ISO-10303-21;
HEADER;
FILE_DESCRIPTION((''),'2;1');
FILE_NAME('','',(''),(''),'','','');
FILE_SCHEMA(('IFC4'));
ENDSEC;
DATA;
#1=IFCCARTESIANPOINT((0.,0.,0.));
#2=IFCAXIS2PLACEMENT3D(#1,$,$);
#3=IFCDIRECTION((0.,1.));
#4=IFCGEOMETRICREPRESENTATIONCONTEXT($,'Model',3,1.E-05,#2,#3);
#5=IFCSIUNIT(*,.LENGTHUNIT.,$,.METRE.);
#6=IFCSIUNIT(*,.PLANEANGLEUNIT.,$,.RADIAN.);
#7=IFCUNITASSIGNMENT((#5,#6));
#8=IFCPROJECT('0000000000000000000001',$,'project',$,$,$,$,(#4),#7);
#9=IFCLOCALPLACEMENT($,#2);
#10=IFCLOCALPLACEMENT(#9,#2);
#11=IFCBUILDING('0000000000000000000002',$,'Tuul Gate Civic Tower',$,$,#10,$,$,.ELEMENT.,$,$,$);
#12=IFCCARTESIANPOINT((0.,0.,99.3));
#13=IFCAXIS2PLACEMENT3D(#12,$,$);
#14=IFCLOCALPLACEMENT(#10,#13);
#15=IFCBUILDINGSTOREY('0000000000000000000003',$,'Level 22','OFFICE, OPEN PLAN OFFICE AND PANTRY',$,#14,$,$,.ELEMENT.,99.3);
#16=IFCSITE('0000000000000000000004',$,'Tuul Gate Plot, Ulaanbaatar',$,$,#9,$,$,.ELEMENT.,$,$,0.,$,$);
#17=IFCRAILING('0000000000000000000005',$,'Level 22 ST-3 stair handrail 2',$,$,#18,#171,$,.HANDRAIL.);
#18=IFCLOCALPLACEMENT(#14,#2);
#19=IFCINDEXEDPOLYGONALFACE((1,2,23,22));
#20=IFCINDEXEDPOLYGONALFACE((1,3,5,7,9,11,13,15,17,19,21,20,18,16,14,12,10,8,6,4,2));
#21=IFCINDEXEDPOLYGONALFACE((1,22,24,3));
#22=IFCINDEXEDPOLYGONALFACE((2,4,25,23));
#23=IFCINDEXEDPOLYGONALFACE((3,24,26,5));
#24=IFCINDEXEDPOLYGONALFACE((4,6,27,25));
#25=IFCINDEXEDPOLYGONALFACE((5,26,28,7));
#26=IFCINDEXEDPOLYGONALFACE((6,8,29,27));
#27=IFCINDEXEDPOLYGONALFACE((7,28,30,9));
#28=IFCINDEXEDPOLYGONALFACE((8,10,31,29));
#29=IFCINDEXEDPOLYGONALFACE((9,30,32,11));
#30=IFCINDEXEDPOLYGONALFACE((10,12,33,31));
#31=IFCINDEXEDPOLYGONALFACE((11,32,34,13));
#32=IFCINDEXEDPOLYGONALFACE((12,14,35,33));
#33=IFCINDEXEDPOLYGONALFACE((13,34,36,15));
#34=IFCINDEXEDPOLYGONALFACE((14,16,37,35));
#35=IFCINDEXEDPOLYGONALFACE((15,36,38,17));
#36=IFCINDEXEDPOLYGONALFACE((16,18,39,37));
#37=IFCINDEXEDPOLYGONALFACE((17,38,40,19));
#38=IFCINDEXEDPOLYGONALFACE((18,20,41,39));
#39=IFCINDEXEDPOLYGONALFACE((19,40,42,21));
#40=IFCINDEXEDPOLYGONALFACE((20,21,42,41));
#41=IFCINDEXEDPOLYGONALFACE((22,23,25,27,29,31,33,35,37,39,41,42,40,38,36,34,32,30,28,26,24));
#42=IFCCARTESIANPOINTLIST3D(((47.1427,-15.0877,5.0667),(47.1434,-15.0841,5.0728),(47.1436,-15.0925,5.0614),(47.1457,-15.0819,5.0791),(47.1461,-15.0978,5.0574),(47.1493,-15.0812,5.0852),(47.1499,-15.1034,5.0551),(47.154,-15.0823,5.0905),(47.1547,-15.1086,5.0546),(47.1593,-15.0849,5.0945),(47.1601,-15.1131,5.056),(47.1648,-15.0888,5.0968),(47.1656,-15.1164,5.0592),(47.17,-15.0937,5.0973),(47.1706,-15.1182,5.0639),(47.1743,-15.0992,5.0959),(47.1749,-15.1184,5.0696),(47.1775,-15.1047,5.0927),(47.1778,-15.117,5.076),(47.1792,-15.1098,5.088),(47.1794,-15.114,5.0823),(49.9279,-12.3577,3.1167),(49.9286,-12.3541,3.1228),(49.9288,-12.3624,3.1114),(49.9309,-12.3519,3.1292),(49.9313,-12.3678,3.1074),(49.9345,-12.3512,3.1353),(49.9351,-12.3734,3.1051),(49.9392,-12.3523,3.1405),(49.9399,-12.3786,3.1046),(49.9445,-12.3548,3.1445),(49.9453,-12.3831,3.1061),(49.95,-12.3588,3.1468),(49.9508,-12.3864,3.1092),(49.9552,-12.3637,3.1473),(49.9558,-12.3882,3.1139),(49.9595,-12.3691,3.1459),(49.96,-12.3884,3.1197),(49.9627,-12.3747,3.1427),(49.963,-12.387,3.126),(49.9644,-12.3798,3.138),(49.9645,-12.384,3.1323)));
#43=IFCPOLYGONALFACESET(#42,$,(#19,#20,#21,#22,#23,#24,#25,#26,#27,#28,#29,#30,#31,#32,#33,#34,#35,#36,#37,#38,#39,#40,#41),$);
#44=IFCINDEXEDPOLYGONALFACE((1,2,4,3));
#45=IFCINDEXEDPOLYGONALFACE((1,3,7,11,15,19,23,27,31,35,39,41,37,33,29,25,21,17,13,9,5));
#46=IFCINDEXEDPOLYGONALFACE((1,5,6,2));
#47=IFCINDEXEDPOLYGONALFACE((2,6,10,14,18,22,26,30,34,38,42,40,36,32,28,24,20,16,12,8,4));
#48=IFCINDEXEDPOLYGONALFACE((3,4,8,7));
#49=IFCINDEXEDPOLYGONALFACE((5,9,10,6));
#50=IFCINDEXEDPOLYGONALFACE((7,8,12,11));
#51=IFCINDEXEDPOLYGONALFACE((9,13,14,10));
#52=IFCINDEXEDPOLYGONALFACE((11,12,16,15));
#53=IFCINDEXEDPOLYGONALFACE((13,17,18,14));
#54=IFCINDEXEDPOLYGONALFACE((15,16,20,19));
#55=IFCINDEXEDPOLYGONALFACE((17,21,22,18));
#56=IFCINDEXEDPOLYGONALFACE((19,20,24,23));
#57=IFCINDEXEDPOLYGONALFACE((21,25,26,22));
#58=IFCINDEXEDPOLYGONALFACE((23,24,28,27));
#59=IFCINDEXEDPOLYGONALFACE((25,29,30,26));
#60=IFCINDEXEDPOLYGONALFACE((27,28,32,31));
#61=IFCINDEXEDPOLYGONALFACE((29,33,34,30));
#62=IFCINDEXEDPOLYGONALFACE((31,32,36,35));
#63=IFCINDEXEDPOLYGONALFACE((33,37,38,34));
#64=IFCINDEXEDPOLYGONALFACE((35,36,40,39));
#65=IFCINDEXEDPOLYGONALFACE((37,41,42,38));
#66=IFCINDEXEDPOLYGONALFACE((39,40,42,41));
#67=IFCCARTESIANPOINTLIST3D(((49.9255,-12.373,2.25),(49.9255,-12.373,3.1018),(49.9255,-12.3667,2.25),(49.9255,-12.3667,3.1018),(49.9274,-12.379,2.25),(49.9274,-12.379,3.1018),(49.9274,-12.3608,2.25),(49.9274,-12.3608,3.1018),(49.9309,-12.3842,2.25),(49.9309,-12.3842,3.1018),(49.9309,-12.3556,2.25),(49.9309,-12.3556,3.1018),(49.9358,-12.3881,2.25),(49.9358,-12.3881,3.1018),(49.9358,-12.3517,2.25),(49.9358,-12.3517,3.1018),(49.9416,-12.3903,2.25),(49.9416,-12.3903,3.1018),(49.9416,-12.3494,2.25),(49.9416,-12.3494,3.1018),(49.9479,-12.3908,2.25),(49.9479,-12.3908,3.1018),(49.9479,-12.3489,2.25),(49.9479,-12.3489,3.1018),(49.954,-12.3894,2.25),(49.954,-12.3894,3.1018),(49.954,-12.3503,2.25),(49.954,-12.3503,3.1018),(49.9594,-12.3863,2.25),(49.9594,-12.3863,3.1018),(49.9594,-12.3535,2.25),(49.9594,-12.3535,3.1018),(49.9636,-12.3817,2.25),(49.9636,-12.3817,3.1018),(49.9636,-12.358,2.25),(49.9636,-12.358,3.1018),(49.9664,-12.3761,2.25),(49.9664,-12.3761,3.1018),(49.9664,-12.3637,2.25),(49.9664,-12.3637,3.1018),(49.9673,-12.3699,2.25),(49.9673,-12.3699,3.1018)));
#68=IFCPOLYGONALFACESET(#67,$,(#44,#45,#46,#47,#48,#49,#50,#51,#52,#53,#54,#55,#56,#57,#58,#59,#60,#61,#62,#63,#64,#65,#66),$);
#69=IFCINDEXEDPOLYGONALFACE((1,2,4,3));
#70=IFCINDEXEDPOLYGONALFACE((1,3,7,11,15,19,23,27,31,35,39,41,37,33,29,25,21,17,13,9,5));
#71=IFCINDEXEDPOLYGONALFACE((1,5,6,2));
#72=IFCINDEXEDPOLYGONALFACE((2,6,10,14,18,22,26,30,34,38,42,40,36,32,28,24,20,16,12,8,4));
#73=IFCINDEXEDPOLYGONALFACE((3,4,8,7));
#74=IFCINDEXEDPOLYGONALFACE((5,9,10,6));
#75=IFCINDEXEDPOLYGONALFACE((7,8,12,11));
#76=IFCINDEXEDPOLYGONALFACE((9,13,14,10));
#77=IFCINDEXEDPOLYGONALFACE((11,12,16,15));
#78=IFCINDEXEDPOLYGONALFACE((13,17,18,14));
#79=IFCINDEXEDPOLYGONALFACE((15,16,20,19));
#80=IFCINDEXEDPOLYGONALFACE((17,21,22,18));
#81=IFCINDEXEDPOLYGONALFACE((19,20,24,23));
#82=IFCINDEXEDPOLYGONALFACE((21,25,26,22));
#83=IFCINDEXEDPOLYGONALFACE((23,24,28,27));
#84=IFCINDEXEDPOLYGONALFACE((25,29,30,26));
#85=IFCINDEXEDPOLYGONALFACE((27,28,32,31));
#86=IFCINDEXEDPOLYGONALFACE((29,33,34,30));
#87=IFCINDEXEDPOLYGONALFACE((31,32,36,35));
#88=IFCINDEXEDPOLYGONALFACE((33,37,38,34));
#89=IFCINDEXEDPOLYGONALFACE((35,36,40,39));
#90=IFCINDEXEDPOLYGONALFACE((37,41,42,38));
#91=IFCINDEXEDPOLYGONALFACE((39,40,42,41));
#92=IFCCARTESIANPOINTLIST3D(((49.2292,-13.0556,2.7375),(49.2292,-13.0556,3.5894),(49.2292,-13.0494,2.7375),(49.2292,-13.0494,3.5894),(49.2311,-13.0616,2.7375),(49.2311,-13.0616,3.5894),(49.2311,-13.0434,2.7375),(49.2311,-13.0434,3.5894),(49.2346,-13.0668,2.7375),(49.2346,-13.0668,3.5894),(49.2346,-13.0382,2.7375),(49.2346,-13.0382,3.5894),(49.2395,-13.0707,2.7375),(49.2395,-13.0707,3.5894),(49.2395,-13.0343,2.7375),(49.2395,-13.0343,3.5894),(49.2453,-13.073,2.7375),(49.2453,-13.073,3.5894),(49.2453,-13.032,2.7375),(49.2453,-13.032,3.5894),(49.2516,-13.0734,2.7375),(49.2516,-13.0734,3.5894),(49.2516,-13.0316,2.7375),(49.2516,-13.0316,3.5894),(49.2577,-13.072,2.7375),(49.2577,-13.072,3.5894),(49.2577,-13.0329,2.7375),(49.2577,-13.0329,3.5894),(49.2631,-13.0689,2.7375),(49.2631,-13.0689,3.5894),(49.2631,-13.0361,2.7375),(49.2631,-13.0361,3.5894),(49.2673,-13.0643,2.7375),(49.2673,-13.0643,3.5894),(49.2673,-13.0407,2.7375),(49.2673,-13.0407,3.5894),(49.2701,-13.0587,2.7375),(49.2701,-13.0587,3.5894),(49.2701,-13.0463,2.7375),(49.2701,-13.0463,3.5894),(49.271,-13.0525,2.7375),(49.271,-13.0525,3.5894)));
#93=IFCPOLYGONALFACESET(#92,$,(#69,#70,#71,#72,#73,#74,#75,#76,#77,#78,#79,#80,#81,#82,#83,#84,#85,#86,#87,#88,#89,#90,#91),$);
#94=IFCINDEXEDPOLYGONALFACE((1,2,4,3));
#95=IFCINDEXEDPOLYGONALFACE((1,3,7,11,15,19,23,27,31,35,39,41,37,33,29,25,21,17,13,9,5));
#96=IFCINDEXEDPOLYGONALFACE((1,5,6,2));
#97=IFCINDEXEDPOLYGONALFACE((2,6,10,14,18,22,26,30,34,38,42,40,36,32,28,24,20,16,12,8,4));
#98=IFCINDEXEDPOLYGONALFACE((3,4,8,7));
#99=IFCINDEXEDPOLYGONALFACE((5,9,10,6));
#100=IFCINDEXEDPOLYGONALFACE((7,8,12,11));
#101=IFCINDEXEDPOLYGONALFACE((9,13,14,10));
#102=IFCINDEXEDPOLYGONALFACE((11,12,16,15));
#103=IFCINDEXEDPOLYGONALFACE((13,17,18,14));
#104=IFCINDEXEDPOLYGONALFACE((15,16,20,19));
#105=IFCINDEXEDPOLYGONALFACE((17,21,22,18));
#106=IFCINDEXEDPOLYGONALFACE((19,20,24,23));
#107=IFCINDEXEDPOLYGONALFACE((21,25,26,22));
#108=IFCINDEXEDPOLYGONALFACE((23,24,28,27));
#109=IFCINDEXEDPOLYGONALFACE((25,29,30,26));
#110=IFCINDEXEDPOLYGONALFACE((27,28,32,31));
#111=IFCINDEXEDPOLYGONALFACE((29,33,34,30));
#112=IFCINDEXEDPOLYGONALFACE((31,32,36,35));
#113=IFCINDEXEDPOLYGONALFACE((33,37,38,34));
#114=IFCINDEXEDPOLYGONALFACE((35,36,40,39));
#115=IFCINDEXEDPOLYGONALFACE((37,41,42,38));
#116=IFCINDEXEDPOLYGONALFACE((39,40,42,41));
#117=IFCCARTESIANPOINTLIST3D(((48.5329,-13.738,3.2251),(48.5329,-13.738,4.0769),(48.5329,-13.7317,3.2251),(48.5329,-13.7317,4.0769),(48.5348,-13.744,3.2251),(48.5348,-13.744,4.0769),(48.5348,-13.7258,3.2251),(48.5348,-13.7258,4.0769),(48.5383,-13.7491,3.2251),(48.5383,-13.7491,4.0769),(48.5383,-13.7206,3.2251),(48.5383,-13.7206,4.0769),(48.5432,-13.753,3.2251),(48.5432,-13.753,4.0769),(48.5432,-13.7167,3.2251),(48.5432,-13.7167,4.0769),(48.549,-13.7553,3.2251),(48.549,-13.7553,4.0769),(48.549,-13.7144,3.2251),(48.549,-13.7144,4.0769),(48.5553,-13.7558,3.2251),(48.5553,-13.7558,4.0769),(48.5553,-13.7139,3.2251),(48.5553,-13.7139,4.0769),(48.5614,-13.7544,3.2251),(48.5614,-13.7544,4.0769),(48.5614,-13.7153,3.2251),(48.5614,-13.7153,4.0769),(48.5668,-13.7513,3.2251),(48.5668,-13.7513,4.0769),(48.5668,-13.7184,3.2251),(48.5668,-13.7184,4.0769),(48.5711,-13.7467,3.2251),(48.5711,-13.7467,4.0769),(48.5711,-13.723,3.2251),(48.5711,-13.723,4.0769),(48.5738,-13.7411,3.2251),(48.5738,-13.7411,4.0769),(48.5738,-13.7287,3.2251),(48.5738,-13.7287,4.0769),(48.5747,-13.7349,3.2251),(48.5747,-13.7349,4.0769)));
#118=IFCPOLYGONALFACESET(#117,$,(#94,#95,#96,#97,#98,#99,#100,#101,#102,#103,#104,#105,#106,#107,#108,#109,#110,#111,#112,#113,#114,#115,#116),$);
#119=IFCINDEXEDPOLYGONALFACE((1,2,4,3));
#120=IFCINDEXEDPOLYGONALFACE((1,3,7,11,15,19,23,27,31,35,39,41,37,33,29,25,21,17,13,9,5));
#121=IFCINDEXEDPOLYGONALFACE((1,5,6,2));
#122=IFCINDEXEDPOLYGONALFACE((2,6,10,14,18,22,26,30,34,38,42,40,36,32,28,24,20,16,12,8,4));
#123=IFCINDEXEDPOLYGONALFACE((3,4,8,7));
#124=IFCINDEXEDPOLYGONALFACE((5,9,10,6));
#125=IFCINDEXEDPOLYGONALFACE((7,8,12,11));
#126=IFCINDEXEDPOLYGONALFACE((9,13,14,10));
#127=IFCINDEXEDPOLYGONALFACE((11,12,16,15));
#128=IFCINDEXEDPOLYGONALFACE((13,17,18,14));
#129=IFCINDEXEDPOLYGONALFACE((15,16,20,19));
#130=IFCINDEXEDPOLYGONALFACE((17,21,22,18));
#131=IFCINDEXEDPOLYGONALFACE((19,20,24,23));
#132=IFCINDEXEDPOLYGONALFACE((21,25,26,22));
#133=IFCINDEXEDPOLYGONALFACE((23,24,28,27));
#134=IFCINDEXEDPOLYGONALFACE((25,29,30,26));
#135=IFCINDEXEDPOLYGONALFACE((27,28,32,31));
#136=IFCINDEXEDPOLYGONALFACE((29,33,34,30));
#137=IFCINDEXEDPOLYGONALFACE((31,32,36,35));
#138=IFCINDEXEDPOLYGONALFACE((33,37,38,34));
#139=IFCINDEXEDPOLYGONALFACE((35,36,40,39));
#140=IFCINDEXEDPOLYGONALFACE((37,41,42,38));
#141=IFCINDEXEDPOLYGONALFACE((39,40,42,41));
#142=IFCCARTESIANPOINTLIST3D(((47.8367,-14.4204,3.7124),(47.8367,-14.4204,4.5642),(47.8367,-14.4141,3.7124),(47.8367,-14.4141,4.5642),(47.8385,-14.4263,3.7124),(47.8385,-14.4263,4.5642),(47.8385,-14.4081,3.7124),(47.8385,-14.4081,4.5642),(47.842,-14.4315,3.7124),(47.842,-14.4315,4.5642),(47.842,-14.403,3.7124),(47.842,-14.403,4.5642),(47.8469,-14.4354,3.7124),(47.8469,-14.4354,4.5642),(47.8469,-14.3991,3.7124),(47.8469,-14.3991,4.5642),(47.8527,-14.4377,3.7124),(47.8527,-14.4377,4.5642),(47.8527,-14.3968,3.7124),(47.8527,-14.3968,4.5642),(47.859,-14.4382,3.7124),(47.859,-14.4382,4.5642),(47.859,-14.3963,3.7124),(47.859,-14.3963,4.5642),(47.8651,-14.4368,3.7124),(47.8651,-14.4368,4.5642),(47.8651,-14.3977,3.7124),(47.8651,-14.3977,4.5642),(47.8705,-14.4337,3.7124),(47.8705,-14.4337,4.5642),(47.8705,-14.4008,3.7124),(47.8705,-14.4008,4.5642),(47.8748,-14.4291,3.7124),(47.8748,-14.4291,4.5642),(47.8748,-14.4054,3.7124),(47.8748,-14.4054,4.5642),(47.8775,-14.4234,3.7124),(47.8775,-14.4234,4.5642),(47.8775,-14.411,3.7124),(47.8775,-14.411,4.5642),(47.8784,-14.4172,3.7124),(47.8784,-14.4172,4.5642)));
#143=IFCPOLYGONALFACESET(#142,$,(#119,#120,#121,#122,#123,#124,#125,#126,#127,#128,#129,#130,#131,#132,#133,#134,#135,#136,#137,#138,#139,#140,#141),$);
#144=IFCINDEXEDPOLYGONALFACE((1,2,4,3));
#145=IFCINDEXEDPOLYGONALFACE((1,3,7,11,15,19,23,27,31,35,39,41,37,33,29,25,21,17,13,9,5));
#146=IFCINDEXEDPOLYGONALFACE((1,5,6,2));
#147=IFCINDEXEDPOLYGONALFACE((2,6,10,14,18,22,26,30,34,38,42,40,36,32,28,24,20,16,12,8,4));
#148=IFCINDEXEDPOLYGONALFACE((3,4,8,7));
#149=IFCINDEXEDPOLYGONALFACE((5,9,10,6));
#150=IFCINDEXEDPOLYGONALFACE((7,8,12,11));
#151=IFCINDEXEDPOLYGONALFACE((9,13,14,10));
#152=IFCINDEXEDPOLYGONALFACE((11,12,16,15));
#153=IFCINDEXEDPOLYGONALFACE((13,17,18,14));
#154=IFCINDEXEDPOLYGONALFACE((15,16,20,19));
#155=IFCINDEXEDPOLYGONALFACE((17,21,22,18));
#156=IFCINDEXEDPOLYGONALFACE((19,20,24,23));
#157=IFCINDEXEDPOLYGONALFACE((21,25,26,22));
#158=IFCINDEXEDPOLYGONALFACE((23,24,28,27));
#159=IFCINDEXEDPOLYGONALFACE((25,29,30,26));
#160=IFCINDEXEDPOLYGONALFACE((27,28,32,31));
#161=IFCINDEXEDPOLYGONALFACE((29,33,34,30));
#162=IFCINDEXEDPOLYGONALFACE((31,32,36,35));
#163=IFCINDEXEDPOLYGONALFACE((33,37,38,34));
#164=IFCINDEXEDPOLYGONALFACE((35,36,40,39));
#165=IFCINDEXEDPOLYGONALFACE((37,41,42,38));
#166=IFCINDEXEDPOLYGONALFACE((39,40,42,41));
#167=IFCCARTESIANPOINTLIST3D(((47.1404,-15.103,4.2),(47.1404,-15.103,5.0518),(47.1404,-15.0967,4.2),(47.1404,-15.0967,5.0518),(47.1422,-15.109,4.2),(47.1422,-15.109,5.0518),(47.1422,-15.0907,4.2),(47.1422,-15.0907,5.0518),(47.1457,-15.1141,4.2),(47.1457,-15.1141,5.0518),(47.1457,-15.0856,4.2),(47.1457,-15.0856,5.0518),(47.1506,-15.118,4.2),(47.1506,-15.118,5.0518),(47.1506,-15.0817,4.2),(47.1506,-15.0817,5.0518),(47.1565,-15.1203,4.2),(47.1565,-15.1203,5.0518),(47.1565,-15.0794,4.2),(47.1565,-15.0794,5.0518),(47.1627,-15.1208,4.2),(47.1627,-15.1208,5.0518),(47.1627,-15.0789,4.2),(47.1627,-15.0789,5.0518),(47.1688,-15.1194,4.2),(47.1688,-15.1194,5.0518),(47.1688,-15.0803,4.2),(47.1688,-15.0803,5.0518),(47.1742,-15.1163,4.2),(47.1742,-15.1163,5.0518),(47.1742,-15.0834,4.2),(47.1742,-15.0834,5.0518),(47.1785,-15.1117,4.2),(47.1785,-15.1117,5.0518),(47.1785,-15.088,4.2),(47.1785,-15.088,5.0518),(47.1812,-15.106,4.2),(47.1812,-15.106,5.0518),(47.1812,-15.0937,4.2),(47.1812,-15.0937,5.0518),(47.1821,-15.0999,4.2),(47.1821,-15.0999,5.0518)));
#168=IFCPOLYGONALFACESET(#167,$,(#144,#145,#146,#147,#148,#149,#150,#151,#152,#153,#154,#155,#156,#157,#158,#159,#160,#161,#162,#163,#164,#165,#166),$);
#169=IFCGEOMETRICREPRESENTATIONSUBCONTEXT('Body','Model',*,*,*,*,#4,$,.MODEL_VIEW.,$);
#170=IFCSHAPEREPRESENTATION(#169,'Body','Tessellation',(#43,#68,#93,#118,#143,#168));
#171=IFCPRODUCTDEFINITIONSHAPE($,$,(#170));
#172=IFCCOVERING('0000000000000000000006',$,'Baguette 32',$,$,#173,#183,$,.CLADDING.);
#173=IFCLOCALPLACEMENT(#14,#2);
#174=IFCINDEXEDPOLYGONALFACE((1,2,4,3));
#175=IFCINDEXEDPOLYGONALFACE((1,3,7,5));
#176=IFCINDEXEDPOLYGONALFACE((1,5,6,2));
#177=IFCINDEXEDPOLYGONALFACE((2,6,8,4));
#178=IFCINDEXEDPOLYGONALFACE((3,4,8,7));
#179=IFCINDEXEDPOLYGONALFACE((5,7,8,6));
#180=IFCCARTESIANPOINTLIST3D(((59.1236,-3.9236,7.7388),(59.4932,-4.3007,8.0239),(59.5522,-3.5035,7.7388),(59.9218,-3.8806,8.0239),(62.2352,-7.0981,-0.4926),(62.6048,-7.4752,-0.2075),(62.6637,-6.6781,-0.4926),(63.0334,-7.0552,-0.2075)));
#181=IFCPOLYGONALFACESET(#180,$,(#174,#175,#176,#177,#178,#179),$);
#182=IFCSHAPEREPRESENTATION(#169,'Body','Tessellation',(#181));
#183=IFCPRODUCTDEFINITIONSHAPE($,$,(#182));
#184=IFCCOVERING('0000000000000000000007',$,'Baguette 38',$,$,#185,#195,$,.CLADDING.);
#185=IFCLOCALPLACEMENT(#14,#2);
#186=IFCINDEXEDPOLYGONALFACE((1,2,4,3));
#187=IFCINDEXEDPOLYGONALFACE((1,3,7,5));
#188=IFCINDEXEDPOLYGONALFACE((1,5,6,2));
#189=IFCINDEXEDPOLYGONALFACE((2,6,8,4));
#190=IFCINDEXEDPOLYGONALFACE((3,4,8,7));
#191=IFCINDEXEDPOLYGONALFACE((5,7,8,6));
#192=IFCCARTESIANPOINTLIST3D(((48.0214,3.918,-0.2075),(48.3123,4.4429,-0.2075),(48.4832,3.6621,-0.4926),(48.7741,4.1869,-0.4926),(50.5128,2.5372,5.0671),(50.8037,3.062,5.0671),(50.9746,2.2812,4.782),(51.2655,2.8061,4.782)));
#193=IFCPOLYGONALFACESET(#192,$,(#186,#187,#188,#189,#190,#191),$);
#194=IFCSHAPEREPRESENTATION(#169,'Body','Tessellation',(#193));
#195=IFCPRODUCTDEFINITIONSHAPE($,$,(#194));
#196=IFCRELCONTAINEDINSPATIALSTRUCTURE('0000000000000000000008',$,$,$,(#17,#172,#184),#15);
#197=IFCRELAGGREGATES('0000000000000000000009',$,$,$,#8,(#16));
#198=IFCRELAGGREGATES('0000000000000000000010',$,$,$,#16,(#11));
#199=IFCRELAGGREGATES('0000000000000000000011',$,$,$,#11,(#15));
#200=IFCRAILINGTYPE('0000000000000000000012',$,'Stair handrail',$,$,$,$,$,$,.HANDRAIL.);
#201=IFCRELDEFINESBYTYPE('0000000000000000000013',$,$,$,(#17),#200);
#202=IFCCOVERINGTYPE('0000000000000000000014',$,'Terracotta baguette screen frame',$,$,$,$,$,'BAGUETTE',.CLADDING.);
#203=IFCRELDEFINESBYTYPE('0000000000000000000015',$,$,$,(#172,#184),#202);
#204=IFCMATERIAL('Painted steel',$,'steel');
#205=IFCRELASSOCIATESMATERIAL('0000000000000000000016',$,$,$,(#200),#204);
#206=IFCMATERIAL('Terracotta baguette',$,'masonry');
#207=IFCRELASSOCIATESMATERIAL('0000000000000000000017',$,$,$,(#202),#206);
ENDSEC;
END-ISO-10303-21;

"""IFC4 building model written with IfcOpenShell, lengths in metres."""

from ifc_helpers import new_model, si_unit, direction, frame, origin, origin_2d, place, context, subcontext, project, spatial, rectangle, circle, extrude, material, material_profile, profile_set, type_object, element, save


model = new_model("IFC4")

# Units and contexts
model_context = context("Model", 3, precision=1e-05, world=origin(), true_north=direction((0.0, 1.0)))
body_context = subcontext(model_context, "Body", "Model", "MODEL_VIEW")
ifc_project = project(units=[si_unit("LENGTHUNIT", "METRE"), si_unit("PLANEANGLEUNIT", "RADIAN")], contexts=[model_context])

# Site, building, storey
site_placement = place(None, origin())
site = spatial("IfcSite", under=ifc_project, at=site_placement, Name="Tuul Gate Plot, Ulaanbaatar", CompositionType="ELEMENT", RefElevation=0.0)
building_placement = place(site_placement, origin())
building = spatial("IfcBuilding", under=site, at=building_placement, Name="Tuul Gate Civic Tower", CompositionType="ELEMENT")
storey_placement = place(building_placement, frame((0.0, 0.0, 99.3)))
storey = spatial("IfcBuildingStorey", under=building, at=storey_placement, Name="Level 22", Description="OFFICE, OPEN PLAN OFFICE AND PANTRY", CompositionType="ELEMENT", Elevation=99.3)

# Railing
ifc_material_1 = material(Name="Painted steel", Category="steel")
railing_type = type_object("IfcRailingType", Name="Stair handrail", PredefinedType="HANDRAIL", material=ifc_material_1)
railing_placement = place(storey_placement, frame((49.9463, -12.3699, 2.25)))
element("IfcRailing", 1, at=railing_placement, inside=storey, type_object=railing_type, Name="Level 22 ST-3 stair handrail 2", PredefinedType="HANDRAIL", context=body_context, shape_type="SweptSolid", body=[
    extrude(circle(Radius=0.0239, at=origin_2d()), frame((0.0, 0.0, 0.876), z_axis=(-0.638754, -0.6261, 0.447206), x_axis=(0.699998, -0.714145, 0.0)), (0.0, 0.0, 1.0), 4.3604),
    extrude(circle(Radius=0.021, at=origin_2d()), origin(), (0.0, 0.0, 1.0), 0.8518),
    extrude(circle(Radius=0.021, at=origin_2d()), frame((-0.6963, -0.6826, 0.4875)), (0.0, 0.0, 1.0), 0.8518),
    extrude(circle(Radius=0.021, at=origin_2d()), frame((-1.3926, -1.365, 0.9751)), (0.0, 0.0, 1.0), 0.8518),
    extrude(circle(Radius=0.021, at=origin_2d()), frame((-2.0889, -2.0474, 1.4624)), (0.0, 0.0, 1.0), 0.8518),
    extrude(circle(Radius=0.021, at=origin_2d()), frame((-2.7852, -2.73, 1.95)), (0.0, 0.0, 1.0), 0.8518),
])

# Coverings
ifc_material_2 = material(Name="Terracotta baguette", Category="masonry")
ifc_material_profile_1 = material_profile(ifc_material_2, rectangle(XDim=0.6001, YDim=0.6001, at=origin_2d()), Name="Terracotta baguette screen frame")
ifc_profile_set_1 = profile_set([ifc_material_profile_1], Name="Terracotta baguette")
covering_type = type_object("IfcCoveringType", Name="Terracotta baguette screen frame", ElementType="BAGUETTE", PredefinedType="CLADDING", material=ifc_profile_set_1)
covering_1_placement = place(storey_placement, frame((59.5227, -3.9021, 7.8813), z_axis=(0.33261, -0.339343, -0.879896), x_axis=(0.714156, 0.699986, 0.0)))
element("IfcCovering", 2, at=covering_1_placement, inside=storey, type_object=covering_type, Name="Baguette 32", PredefinedType="CLADDING", context=body_context, shape_type="SweptSolid", body=[
    extrude(rectangle(XDim=0.6001, YDim=0.6001, at=origin_2d()), origin(), (0.0, 0.0, 1.0), 9.355),
])
covering_2_placement = place(storey_placement, frame((50.8892, 2.6716, 4.9246), z_axis=(-0.415611, 0.230348, -0.87989), x_axis=(-0.484762, -0.874646, 0.0)))
element("IfcCovering", 3, at=covering_2_placement, inside=storey, type_object=covering_type, Name="Baguette 38", PredefinedType="CLADDING", context=body_context, shape_type="SweptSolid", body=[
    extrude(rectangle(XDim=0.6001, YDim=0.6001, at=origin_2d()), origin(), (0.0, 0.0, 1.0), 5.9946),
])

save(model, "model.ifc")
